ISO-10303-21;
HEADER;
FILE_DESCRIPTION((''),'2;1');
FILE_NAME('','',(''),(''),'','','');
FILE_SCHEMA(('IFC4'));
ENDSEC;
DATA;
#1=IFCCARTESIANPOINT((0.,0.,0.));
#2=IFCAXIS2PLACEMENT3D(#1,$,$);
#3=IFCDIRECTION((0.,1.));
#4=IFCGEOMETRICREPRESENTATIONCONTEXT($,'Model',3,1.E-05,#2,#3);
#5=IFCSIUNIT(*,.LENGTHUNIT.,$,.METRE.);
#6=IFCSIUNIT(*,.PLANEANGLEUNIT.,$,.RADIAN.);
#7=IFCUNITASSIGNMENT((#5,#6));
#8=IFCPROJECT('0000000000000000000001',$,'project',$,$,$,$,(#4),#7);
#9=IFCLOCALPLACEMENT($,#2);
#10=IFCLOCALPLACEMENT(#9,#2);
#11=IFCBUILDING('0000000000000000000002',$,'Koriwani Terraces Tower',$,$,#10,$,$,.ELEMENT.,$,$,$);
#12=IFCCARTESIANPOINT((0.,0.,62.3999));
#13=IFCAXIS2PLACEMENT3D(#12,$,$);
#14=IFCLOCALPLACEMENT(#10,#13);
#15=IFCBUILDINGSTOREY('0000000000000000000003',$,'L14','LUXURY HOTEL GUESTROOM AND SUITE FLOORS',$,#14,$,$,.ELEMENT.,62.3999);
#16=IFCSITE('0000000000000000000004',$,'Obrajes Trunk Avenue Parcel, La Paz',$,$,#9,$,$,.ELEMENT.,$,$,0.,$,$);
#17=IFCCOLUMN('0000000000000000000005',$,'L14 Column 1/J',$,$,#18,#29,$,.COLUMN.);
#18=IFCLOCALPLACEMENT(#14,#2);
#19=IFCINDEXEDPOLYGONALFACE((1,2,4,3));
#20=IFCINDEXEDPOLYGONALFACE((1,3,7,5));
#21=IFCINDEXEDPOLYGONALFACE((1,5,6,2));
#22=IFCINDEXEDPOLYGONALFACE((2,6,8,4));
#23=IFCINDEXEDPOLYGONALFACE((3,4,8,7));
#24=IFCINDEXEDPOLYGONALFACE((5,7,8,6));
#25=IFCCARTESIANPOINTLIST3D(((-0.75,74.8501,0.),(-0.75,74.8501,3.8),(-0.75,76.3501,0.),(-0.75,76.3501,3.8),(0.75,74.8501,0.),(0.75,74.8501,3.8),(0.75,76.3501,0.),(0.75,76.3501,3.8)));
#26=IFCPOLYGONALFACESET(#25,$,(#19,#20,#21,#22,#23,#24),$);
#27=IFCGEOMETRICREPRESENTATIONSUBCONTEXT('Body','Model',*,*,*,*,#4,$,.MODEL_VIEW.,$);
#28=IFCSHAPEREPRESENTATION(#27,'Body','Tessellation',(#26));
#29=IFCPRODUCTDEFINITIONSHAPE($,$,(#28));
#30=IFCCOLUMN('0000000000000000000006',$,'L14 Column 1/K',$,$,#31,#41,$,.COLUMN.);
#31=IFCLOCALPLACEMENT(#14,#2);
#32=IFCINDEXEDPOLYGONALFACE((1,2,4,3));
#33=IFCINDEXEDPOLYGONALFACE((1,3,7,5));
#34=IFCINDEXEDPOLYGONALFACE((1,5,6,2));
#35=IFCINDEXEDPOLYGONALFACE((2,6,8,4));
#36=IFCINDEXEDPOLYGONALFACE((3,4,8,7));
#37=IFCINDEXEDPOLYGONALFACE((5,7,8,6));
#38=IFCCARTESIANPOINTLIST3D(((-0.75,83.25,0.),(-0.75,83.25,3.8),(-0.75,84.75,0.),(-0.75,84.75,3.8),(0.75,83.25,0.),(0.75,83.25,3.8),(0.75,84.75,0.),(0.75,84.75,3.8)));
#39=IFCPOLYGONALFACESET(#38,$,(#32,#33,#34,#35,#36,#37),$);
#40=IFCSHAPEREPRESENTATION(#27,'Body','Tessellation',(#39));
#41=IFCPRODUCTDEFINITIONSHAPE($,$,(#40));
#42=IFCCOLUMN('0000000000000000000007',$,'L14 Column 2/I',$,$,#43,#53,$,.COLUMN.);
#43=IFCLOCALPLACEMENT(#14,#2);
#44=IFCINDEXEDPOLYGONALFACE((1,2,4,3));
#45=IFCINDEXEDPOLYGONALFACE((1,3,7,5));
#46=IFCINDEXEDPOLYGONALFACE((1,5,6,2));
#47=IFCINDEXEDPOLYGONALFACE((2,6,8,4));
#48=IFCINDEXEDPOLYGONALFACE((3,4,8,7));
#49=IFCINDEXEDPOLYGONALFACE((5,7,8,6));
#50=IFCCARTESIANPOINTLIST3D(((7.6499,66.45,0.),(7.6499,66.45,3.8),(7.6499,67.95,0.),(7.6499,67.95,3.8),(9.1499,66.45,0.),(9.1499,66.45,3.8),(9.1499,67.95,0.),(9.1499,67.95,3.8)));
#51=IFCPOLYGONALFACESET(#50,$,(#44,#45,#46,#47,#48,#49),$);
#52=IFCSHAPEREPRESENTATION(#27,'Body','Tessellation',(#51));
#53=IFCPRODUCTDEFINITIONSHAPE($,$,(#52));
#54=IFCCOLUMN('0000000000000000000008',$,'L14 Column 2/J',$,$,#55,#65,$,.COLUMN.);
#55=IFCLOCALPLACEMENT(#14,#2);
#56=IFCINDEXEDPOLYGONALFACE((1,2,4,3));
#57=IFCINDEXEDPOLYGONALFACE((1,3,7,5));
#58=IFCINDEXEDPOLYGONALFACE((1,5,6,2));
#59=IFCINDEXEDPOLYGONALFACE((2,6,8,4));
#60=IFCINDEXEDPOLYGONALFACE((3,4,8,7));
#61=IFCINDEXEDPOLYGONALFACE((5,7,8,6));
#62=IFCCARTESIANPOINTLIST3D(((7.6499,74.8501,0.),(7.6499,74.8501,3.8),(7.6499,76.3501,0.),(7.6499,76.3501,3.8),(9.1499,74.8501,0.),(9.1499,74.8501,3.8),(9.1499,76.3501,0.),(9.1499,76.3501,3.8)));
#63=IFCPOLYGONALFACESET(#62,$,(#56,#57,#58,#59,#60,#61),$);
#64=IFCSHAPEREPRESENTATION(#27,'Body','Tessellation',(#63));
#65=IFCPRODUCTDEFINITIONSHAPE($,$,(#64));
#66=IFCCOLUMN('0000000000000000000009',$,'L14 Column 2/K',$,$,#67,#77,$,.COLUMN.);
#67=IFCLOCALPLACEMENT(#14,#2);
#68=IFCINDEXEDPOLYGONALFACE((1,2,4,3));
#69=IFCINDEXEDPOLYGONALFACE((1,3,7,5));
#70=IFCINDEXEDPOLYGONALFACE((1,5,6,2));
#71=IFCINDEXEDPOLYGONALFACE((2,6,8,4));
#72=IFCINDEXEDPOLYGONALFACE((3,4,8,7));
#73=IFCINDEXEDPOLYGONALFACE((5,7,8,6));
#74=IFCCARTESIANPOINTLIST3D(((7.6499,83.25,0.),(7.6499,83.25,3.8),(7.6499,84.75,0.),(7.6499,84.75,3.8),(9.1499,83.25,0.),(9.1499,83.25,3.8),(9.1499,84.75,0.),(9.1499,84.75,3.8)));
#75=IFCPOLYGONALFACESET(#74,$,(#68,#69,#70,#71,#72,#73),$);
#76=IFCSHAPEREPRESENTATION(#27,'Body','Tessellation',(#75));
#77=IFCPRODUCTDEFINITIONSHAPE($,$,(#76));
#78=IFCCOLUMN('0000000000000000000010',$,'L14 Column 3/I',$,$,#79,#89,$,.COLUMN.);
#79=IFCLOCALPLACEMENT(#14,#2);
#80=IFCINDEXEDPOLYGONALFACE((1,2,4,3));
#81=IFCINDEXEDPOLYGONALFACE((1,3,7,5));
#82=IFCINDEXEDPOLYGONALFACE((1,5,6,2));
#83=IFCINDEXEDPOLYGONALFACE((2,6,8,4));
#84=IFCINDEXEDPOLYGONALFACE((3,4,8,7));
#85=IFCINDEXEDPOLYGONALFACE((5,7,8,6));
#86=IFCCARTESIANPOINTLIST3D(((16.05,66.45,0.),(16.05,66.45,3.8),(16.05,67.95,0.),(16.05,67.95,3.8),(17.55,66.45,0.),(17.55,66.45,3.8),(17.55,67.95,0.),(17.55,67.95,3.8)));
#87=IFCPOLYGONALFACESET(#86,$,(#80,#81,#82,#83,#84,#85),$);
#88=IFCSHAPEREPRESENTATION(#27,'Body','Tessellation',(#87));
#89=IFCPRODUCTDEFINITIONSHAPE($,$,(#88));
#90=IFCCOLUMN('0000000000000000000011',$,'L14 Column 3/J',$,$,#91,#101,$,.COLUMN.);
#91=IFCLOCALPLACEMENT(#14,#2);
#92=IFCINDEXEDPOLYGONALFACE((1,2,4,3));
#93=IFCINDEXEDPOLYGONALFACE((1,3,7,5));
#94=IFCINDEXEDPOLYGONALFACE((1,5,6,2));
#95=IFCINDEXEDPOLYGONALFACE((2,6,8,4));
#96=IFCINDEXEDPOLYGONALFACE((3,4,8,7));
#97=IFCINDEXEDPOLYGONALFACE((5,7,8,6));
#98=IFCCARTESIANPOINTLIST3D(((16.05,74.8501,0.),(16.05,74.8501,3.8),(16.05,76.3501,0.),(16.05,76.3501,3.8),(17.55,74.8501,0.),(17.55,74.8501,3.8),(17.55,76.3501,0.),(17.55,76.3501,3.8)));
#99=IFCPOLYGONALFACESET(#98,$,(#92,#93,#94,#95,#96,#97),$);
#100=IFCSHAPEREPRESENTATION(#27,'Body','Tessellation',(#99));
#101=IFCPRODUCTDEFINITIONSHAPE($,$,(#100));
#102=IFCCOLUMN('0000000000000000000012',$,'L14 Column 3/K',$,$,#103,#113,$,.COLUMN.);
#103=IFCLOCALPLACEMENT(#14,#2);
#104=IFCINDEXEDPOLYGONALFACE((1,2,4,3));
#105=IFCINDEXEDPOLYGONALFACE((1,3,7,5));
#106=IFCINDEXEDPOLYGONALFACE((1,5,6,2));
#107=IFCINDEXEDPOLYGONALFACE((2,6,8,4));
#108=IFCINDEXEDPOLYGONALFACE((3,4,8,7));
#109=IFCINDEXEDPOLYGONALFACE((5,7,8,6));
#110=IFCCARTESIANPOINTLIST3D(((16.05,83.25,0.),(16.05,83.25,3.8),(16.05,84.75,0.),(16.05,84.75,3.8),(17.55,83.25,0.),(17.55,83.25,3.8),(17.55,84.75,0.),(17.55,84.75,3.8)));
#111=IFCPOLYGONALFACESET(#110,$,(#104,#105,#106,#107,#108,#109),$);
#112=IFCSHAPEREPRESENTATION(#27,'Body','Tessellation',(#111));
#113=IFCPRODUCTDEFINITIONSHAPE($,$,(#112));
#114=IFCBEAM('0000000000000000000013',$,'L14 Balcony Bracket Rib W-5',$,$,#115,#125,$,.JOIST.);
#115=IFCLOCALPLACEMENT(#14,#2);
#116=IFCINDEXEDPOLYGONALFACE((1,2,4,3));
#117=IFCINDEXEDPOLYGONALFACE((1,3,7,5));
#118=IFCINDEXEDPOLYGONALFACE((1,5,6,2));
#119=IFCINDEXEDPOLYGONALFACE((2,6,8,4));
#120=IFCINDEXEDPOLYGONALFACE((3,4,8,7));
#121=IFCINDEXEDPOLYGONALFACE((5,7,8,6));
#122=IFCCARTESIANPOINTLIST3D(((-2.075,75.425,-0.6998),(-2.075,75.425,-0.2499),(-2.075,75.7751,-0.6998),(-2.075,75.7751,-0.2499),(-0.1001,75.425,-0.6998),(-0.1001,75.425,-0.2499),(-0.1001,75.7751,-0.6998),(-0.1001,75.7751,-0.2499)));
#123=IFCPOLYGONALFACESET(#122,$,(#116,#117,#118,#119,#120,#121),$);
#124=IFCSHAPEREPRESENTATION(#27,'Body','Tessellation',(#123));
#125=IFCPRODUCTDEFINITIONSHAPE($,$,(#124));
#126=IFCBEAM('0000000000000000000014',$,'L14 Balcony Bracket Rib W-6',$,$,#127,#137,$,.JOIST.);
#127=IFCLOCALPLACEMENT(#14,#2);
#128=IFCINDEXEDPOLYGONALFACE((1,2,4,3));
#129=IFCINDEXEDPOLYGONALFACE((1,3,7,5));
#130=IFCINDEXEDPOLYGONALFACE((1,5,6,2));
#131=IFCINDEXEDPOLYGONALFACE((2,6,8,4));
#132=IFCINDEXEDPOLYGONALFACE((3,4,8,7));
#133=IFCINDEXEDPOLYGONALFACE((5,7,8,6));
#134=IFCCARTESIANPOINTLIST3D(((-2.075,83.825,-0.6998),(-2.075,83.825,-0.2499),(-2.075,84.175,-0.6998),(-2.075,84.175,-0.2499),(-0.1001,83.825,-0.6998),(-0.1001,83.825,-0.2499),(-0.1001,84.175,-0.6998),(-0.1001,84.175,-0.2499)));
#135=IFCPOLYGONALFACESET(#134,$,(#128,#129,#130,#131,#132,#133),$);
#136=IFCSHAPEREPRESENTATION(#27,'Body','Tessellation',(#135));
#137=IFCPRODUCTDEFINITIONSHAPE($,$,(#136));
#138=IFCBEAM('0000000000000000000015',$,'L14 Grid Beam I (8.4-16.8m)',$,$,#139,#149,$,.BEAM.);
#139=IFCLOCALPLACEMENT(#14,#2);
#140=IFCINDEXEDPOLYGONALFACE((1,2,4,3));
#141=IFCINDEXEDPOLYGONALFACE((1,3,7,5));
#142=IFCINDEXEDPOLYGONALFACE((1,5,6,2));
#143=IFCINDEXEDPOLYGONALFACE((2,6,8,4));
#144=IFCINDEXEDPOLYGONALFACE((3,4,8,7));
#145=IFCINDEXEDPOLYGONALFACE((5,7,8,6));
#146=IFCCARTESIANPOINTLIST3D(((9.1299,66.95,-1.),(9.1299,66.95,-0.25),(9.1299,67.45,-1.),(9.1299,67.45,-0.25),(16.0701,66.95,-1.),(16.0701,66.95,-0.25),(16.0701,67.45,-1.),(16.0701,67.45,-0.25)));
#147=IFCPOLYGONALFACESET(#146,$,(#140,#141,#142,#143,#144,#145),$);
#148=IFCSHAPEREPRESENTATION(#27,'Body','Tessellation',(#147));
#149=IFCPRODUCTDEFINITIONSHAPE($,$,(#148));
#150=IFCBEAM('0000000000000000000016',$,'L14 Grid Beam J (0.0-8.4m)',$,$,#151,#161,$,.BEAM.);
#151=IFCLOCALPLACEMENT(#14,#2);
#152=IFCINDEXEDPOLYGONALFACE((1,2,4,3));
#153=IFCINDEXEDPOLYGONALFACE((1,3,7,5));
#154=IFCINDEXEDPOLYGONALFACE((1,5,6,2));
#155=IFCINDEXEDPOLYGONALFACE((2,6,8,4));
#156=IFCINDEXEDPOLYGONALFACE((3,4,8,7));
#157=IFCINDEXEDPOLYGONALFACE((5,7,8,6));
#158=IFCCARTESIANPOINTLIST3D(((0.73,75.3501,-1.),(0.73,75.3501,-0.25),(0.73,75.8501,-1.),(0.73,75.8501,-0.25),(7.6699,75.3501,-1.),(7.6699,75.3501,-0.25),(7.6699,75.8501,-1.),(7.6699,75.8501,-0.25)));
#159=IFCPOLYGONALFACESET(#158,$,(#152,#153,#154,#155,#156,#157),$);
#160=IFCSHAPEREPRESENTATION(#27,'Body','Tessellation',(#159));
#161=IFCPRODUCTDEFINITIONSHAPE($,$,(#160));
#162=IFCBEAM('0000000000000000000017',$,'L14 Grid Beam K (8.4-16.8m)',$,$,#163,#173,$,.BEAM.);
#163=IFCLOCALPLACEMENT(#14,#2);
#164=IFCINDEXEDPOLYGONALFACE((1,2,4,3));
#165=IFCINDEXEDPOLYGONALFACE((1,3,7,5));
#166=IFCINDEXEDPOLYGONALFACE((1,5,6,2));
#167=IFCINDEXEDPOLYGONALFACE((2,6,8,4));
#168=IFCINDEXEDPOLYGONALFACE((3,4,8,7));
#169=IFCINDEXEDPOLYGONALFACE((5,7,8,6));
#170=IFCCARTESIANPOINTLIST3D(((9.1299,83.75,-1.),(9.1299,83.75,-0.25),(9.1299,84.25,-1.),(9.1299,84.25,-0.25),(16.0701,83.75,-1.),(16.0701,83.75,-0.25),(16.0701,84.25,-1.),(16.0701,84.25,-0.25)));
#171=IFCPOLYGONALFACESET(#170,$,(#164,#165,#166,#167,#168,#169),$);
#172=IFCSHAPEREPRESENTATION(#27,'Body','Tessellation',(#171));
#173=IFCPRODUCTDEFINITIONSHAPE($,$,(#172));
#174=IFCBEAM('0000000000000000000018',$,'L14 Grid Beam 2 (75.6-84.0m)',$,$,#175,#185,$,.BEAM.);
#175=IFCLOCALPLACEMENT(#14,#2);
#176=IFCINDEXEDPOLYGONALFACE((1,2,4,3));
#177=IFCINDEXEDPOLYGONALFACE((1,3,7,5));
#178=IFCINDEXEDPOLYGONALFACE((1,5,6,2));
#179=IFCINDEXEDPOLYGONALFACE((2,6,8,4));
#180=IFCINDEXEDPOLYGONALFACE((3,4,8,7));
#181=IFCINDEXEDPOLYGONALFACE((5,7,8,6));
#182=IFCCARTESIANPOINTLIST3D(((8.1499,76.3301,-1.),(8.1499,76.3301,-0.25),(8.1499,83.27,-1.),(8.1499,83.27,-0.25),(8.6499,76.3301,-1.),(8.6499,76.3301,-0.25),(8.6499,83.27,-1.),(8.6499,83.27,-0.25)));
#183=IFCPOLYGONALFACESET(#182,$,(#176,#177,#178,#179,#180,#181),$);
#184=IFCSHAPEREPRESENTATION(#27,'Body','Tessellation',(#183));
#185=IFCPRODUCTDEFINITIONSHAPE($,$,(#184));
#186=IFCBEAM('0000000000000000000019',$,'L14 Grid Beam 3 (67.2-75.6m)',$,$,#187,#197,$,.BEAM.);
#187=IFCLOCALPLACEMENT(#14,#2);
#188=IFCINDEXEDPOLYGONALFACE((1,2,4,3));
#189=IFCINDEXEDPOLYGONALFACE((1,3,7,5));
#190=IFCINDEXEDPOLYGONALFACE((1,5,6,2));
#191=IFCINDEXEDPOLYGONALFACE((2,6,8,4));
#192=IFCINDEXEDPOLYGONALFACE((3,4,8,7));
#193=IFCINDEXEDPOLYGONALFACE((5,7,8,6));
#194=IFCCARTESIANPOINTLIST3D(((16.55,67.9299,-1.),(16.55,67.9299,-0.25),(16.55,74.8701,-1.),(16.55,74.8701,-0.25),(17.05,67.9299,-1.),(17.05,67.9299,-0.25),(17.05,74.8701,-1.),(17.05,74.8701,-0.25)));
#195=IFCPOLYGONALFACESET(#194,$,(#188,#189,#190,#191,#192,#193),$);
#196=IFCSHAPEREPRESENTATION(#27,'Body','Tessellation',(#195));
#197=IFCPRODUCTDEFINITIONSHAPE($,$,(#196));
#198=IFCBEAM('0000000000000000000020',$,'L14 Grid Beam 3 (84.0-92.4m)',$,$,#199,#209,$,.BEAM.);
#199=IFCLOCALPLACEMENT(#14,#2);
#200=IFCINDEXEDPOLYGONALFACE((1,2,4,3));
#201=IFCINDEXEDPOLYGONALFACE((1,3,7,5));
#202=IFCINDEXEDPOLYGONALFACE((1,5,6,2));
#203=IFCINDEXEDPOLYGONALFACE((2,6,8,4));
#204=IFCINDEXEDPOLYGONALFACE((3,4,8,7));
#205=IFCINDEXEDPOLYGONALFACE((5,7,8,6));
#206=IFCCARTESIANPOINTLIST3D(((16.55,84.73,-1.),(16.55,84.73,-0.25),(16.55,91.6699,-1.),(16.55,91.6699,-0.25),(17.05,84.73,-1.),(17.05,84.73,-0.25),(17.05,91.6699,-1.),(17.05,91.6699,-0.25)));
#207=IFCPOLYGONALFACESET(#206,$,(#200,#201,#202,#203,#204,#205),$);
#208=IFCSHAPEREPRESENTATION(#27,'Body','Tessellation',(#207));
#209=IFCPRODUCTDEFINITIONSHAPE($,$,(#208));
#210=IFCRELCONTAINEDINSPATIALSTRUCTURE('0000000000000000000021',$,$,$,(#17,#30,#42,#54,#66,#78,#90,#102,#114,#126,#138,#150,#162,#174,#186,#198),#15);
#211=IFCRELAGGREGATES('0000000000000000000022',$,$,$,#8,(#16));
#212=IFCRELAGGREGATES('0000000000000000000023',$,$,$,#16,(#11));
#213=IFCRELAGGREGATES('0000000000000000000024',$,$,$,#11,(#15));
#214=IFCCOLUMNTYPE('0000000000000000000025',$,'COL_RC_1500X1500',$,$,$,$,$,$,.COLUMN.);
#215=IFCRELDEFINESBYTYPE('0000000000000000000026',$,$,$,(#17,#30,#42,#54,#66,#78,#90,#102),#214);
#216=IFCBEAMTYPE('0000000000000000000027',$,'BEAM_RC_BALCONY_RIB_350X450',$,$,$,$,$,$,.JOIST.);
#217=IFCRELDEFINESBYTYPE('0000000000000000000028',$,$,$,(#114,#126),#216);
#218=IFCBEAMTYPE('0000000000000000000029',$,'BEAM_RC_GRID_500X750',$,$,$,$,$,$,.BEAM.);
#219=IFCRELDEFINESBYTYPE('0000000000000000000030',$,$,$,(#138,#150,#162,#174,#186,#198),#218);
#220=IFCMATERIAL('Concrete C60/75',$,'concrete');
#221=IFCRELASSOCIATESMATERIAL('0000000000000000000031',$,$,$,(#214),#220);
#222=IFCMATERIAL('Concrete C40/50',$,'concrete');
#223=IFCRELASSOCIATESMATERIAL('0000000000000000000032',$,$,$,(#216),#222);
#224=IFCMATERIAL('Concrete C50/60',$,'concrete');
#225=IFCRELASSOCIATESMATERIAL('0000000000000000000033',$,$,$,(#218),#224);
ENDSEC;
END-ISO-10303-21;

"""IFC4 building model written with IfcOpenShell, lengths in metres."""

from ifc_helpers import new_model, si_unit, direction, frame, origin, origin_2d, place, context, subcontext, project, spatial, rectangle, extrude, material, material_profile, profile_set, type_object, element, save


model = new_model("IFC4")

# Units and contexts
model_context = context("Model", 3, precision=1e-05, world=origin(), true_north=direction((0.0, 1.0)))
body_context = subcontext(model_context, "Body", "Model", "MODEL_VIEW")
ifc_project = project(units=[si_unit("LENGTHUNIT", "METRE"), si_unit("PLANEANGLEUNIT", "RADIAN")], contexts=[model_context])

# Site, building, storey
site_placement = place(None, origin())
site = spatial("IfcSite", under=ifc_project, at=site_placement, Name="Obrajes Trunk Avenue Parcel, La Paz", CompositionType="ELEMENT", RefElevation=0.0)
building_placement = place(site_placement, origin())
building = spatial("IfcBuilding", under=site, at=building_placement, Name="Koriwani Terraces Tower", CompositionType="ELEMENT")
storey_placement = place(building_placement, frame((0.0, 0.0, 62.3999)))
storey = spatial("IfcBuildingStorey", under=building, at=storey_placement, Name="L14", Description="LUXURY HOTEL GUESTROOM AND SUITE FLOORS", CompositionType="ELEMENT", Elevation=62.3999)

# Columns
ifc_material_1 = material(Name="Concrete C60/75", Category="concrete")
ifc_material_profile_1 = material_profile(ifc_material_1, rectangle(XDim=1.5, YDim=1.5, at=origin_2d()), Name="Concrete C60/75", Category="LoadBearing")
ifc_profile_set_1 = profile_set([ifc_material_profile_1], Name="Concrete C60/75")
column_type = type_object("IfcColumnType", Name="COL_RC_1500X1500", PredefinedType="COLUMN", material=ifc_profile_set_1)
for number, where, z_axis, x_axis, name in (
    (1, (0.0, 75.6001, 0.0), (0.0, 0.0, 1.0), (1.0, 0.0, 0.0), "L14 Column 1/J"),
    (2, (0.0, 84.0, 0.0), (0.0, 0.0, 1.0), (1.0, 0.0, 0.0), "L14 Column 1/K"),
    (3, (8.3999, 67.2, 0.0), (0.0, 0.0, 1.0), (1.0, 0.0, 0.0), "L14 Column 2/I"),
    (4, (8.3999, 75.6001, 0.0), (0.0, 0.0, 1.0), (1.0, 0.0, 0.0), "L14 Column 2/J"),
    (5, (8.3999, 84.0, 0.0), (0.0, 0.0, 1.0), (1.0, 0.0, 0.0), "L14 Column 2/K"),
    (6, (16.8, 67.2, 0.0), (0.0, 0.0, 1.0), (1.0, 0.0, 0.0), "L14 Column 3/I"),
    (7, (16.8, 75.6001, 0.0), (0.0, 0.0, 1.0), (1.0, 0.0, 0.0), "L14 Column 3/J"),
    (8, (16.8, 84.0, 0.0), (0.0, 0.0, 1.0), (1.0, 0.0, 0.0), "L14 Column 3/K"),
):
    element("IfcColumn", number, at=place(storey_placement, frame(where, z_axis=z_axis, x_axis=x_axis)), inside=storey, type_object=column_type, Name=name, PredefinedType="COLUMN", context=body_context, shape_type="SweptSolid", body=[
        extrude(rectangle(XDim=1.5, YDim=1.5, at=origin_2d()), origin(), (0.0, 0.0, 1.0), 3.8),
    ])

# Beams
ifc_material_2 = material(Name="Concrete C40/50", Category="concrete")
ifc_material_profile_2 = material_profile(ifc_material_2, rectangle(XDim=0.3501, YDim=0.45, at=origin_2d()), Name="Concrete C40/50", Category="LoadBearing")
ifc_profile_set_2 = profile_set([ifc_material_profile_2], Name="Concrete C40/50")
beam_type_1 = type_object("IfcBeamType", Name="BEAM_RC_BALCONY_RIB_350X450", PredefinedType="JOIST", material=ifc_profile_set_2)
for number, where, z_axis, x_axis, name in (
    (9, (-2.075, 75.6001, -0.4749), (1.0, 0.0, 0.0), (0.0, 1.0, 0.0), "L14 Balcony Bracket Rib W-5"),
    (10, (-2.075, 84.0, -0.4749), (1.0, 0.0, 0.0), (0.0, 1.0, 0.0), "L14 Balcony Bracket Rib W-6"),
):
    element("IfcBeam", number, at=place(storey_placement, frame(where, z_axis=z_axis, x_axis=x_axis)), inside=storey, type_object=beam_type_1, Name=name, PredefinedType="JOIST", context=body_context, shape_type="SweptSolid", body=[
        extrude(rectangle(XDim=0.3501, YDim=0.45, at=origin_2d()), origin(), (0.0, 0.0, 1.0), 1.9749),
    ])
ifc_material_3 = material(Name="Concrete C50/60", Category="concrete")
ifc_material_profile_3 = material_profile(ifc_material_3, rectangle(XDim=0.5, YDim=0.75, at=origin_2d()), Name="Concrete C50/60", Category="LoadBearing")
ifc_profile_set_3 = profile_set([ifc_material_profile_3], Name="Concrete C50/60")
beam_type_2 = type_object("IfcBeamType", Name="BEAM_RC_GRID_500X750", PredefinedType="BEAM", material=ifc_profile_set_3)
beam_1_placement = place(storey_placement, frame((9.1299, 67.2, -0.625), z_axis=(1.0, 0.0, 0.0), x_axis=(0.0, 1.0, 0.0)))
element("IfcBeam", 11, at=beam_1_placement, inside=storey, type_object=beam_type_2, Name="L14 Grid Beam I (8.4-16.8m)", PredefinedType="BEAM", context=body_context, shape_type="SweptSolid", body=[
    extrude(rectangle(XDim=0.5, YDim=0.75, at=origin_2d()), origin(), (0.0, 0.0, 1.0), 6.9402),
])
beam_2_placement = place(storey_placement, frame((0.73, 75.6001, -0.625), z_axis=(1.0, 0.0, 0.0), x_axis=(0.0, 1.0, 0.0)))
element("IfcBeam", 12, at=beam_2_placement, inside=storey, type_object=beam_type_2, Name="L14 Grid Beam J (0.0-8.4m)", PredefinedType="BEAM", context=body_context, shape_type="SweptSolid", body=[
    extrude(rectangle(XDim=0.5, YDim=0.75, at=origin_2d()), origin(), (0.0, 0.0, 1.0), 6.9399),
])
beam_3_placement = place(storey_placement, frame((9.1299, 84.0, -0.625), z_axis=(1.0, 0.0, 0.0), x_axis=(0.0, 1.0, 0.0)))
element("IfcBeam", 13, at=beam_3_placement, inside=storey, type_object=beam_type_2, Name="L14 Grid Beam K (8.4-16.8m)", PredefinedType="BEAM", context=body_context, shape_type="SweptSolid", body=[
    extrude(rectangle(XDim=0.5, YDim=0.75, at=origin_2d()), origin(), (0.0, 0.0, 1.0), 6.9402),
])
beam_4_placement = place(storey_placement, frame((8.3999, 76.3301, -0.625), z_axis=(0.0, 1.0, 0.0), x_axis=(-1.0, 0.0, 0.0)))
element("IfcBeam", 14, at=beam_4_placement, inside=storey, type_object=beam_type_2, Name="L14 Grid Beam 2 (75.6-84.0m)", PredefinedType="BEAM", context=body_context, shape_type="SweptSolid", body=[
    extrude(rectangle(XDim=0.5, YDim=0.75, at=origin_2d()), origin(), (0.0, 0.0, 1.0), 6.9399),
])
beam_5_placement = place(storey_placement, frame((16.8, 67.9299, -0.625), z_axis=(0.0, 1.0, 0.0), x_axis=(-1.0, 0.0, 0.0)))
element("IfcBeam", 15, at=beam_5_placement, inside=storey, type_object=beam_type_2, Name="L14 Grid Beam 3 (67.2-75.6m)", PredefinedType="BEAM", context=body_context, shape_type="SweptSolid", body=[
    extrude(rectangle(XDim=0.5, YDim=0.75, at=origin_2d()), origin(), (0.0, 0.0, 1.0), 6.9402),
])
beam_6_placement = place(storey_placement, frame((16.8, 84.73, -0.625), z_axis=(0.0, 1.0, 0.0), x_axis=(-1.0, 0.0, 0.0)))
element("IfcBeam", 16, at=beam_6_placement, inside=storey, type_object=beam_type_2, Name="L14 Grid Beam 3 (84.0-92.4m)", PredefinedType="BEAM", context=body_context, shape_type="SweptSolid", body=[
    extrude(rectangle(XDim=0.5, YDim=0.75, at=origin_2d()), origin(), (0.0, 0.0, 1.0), 6.9399),
])

save(model, "model.ifc")
